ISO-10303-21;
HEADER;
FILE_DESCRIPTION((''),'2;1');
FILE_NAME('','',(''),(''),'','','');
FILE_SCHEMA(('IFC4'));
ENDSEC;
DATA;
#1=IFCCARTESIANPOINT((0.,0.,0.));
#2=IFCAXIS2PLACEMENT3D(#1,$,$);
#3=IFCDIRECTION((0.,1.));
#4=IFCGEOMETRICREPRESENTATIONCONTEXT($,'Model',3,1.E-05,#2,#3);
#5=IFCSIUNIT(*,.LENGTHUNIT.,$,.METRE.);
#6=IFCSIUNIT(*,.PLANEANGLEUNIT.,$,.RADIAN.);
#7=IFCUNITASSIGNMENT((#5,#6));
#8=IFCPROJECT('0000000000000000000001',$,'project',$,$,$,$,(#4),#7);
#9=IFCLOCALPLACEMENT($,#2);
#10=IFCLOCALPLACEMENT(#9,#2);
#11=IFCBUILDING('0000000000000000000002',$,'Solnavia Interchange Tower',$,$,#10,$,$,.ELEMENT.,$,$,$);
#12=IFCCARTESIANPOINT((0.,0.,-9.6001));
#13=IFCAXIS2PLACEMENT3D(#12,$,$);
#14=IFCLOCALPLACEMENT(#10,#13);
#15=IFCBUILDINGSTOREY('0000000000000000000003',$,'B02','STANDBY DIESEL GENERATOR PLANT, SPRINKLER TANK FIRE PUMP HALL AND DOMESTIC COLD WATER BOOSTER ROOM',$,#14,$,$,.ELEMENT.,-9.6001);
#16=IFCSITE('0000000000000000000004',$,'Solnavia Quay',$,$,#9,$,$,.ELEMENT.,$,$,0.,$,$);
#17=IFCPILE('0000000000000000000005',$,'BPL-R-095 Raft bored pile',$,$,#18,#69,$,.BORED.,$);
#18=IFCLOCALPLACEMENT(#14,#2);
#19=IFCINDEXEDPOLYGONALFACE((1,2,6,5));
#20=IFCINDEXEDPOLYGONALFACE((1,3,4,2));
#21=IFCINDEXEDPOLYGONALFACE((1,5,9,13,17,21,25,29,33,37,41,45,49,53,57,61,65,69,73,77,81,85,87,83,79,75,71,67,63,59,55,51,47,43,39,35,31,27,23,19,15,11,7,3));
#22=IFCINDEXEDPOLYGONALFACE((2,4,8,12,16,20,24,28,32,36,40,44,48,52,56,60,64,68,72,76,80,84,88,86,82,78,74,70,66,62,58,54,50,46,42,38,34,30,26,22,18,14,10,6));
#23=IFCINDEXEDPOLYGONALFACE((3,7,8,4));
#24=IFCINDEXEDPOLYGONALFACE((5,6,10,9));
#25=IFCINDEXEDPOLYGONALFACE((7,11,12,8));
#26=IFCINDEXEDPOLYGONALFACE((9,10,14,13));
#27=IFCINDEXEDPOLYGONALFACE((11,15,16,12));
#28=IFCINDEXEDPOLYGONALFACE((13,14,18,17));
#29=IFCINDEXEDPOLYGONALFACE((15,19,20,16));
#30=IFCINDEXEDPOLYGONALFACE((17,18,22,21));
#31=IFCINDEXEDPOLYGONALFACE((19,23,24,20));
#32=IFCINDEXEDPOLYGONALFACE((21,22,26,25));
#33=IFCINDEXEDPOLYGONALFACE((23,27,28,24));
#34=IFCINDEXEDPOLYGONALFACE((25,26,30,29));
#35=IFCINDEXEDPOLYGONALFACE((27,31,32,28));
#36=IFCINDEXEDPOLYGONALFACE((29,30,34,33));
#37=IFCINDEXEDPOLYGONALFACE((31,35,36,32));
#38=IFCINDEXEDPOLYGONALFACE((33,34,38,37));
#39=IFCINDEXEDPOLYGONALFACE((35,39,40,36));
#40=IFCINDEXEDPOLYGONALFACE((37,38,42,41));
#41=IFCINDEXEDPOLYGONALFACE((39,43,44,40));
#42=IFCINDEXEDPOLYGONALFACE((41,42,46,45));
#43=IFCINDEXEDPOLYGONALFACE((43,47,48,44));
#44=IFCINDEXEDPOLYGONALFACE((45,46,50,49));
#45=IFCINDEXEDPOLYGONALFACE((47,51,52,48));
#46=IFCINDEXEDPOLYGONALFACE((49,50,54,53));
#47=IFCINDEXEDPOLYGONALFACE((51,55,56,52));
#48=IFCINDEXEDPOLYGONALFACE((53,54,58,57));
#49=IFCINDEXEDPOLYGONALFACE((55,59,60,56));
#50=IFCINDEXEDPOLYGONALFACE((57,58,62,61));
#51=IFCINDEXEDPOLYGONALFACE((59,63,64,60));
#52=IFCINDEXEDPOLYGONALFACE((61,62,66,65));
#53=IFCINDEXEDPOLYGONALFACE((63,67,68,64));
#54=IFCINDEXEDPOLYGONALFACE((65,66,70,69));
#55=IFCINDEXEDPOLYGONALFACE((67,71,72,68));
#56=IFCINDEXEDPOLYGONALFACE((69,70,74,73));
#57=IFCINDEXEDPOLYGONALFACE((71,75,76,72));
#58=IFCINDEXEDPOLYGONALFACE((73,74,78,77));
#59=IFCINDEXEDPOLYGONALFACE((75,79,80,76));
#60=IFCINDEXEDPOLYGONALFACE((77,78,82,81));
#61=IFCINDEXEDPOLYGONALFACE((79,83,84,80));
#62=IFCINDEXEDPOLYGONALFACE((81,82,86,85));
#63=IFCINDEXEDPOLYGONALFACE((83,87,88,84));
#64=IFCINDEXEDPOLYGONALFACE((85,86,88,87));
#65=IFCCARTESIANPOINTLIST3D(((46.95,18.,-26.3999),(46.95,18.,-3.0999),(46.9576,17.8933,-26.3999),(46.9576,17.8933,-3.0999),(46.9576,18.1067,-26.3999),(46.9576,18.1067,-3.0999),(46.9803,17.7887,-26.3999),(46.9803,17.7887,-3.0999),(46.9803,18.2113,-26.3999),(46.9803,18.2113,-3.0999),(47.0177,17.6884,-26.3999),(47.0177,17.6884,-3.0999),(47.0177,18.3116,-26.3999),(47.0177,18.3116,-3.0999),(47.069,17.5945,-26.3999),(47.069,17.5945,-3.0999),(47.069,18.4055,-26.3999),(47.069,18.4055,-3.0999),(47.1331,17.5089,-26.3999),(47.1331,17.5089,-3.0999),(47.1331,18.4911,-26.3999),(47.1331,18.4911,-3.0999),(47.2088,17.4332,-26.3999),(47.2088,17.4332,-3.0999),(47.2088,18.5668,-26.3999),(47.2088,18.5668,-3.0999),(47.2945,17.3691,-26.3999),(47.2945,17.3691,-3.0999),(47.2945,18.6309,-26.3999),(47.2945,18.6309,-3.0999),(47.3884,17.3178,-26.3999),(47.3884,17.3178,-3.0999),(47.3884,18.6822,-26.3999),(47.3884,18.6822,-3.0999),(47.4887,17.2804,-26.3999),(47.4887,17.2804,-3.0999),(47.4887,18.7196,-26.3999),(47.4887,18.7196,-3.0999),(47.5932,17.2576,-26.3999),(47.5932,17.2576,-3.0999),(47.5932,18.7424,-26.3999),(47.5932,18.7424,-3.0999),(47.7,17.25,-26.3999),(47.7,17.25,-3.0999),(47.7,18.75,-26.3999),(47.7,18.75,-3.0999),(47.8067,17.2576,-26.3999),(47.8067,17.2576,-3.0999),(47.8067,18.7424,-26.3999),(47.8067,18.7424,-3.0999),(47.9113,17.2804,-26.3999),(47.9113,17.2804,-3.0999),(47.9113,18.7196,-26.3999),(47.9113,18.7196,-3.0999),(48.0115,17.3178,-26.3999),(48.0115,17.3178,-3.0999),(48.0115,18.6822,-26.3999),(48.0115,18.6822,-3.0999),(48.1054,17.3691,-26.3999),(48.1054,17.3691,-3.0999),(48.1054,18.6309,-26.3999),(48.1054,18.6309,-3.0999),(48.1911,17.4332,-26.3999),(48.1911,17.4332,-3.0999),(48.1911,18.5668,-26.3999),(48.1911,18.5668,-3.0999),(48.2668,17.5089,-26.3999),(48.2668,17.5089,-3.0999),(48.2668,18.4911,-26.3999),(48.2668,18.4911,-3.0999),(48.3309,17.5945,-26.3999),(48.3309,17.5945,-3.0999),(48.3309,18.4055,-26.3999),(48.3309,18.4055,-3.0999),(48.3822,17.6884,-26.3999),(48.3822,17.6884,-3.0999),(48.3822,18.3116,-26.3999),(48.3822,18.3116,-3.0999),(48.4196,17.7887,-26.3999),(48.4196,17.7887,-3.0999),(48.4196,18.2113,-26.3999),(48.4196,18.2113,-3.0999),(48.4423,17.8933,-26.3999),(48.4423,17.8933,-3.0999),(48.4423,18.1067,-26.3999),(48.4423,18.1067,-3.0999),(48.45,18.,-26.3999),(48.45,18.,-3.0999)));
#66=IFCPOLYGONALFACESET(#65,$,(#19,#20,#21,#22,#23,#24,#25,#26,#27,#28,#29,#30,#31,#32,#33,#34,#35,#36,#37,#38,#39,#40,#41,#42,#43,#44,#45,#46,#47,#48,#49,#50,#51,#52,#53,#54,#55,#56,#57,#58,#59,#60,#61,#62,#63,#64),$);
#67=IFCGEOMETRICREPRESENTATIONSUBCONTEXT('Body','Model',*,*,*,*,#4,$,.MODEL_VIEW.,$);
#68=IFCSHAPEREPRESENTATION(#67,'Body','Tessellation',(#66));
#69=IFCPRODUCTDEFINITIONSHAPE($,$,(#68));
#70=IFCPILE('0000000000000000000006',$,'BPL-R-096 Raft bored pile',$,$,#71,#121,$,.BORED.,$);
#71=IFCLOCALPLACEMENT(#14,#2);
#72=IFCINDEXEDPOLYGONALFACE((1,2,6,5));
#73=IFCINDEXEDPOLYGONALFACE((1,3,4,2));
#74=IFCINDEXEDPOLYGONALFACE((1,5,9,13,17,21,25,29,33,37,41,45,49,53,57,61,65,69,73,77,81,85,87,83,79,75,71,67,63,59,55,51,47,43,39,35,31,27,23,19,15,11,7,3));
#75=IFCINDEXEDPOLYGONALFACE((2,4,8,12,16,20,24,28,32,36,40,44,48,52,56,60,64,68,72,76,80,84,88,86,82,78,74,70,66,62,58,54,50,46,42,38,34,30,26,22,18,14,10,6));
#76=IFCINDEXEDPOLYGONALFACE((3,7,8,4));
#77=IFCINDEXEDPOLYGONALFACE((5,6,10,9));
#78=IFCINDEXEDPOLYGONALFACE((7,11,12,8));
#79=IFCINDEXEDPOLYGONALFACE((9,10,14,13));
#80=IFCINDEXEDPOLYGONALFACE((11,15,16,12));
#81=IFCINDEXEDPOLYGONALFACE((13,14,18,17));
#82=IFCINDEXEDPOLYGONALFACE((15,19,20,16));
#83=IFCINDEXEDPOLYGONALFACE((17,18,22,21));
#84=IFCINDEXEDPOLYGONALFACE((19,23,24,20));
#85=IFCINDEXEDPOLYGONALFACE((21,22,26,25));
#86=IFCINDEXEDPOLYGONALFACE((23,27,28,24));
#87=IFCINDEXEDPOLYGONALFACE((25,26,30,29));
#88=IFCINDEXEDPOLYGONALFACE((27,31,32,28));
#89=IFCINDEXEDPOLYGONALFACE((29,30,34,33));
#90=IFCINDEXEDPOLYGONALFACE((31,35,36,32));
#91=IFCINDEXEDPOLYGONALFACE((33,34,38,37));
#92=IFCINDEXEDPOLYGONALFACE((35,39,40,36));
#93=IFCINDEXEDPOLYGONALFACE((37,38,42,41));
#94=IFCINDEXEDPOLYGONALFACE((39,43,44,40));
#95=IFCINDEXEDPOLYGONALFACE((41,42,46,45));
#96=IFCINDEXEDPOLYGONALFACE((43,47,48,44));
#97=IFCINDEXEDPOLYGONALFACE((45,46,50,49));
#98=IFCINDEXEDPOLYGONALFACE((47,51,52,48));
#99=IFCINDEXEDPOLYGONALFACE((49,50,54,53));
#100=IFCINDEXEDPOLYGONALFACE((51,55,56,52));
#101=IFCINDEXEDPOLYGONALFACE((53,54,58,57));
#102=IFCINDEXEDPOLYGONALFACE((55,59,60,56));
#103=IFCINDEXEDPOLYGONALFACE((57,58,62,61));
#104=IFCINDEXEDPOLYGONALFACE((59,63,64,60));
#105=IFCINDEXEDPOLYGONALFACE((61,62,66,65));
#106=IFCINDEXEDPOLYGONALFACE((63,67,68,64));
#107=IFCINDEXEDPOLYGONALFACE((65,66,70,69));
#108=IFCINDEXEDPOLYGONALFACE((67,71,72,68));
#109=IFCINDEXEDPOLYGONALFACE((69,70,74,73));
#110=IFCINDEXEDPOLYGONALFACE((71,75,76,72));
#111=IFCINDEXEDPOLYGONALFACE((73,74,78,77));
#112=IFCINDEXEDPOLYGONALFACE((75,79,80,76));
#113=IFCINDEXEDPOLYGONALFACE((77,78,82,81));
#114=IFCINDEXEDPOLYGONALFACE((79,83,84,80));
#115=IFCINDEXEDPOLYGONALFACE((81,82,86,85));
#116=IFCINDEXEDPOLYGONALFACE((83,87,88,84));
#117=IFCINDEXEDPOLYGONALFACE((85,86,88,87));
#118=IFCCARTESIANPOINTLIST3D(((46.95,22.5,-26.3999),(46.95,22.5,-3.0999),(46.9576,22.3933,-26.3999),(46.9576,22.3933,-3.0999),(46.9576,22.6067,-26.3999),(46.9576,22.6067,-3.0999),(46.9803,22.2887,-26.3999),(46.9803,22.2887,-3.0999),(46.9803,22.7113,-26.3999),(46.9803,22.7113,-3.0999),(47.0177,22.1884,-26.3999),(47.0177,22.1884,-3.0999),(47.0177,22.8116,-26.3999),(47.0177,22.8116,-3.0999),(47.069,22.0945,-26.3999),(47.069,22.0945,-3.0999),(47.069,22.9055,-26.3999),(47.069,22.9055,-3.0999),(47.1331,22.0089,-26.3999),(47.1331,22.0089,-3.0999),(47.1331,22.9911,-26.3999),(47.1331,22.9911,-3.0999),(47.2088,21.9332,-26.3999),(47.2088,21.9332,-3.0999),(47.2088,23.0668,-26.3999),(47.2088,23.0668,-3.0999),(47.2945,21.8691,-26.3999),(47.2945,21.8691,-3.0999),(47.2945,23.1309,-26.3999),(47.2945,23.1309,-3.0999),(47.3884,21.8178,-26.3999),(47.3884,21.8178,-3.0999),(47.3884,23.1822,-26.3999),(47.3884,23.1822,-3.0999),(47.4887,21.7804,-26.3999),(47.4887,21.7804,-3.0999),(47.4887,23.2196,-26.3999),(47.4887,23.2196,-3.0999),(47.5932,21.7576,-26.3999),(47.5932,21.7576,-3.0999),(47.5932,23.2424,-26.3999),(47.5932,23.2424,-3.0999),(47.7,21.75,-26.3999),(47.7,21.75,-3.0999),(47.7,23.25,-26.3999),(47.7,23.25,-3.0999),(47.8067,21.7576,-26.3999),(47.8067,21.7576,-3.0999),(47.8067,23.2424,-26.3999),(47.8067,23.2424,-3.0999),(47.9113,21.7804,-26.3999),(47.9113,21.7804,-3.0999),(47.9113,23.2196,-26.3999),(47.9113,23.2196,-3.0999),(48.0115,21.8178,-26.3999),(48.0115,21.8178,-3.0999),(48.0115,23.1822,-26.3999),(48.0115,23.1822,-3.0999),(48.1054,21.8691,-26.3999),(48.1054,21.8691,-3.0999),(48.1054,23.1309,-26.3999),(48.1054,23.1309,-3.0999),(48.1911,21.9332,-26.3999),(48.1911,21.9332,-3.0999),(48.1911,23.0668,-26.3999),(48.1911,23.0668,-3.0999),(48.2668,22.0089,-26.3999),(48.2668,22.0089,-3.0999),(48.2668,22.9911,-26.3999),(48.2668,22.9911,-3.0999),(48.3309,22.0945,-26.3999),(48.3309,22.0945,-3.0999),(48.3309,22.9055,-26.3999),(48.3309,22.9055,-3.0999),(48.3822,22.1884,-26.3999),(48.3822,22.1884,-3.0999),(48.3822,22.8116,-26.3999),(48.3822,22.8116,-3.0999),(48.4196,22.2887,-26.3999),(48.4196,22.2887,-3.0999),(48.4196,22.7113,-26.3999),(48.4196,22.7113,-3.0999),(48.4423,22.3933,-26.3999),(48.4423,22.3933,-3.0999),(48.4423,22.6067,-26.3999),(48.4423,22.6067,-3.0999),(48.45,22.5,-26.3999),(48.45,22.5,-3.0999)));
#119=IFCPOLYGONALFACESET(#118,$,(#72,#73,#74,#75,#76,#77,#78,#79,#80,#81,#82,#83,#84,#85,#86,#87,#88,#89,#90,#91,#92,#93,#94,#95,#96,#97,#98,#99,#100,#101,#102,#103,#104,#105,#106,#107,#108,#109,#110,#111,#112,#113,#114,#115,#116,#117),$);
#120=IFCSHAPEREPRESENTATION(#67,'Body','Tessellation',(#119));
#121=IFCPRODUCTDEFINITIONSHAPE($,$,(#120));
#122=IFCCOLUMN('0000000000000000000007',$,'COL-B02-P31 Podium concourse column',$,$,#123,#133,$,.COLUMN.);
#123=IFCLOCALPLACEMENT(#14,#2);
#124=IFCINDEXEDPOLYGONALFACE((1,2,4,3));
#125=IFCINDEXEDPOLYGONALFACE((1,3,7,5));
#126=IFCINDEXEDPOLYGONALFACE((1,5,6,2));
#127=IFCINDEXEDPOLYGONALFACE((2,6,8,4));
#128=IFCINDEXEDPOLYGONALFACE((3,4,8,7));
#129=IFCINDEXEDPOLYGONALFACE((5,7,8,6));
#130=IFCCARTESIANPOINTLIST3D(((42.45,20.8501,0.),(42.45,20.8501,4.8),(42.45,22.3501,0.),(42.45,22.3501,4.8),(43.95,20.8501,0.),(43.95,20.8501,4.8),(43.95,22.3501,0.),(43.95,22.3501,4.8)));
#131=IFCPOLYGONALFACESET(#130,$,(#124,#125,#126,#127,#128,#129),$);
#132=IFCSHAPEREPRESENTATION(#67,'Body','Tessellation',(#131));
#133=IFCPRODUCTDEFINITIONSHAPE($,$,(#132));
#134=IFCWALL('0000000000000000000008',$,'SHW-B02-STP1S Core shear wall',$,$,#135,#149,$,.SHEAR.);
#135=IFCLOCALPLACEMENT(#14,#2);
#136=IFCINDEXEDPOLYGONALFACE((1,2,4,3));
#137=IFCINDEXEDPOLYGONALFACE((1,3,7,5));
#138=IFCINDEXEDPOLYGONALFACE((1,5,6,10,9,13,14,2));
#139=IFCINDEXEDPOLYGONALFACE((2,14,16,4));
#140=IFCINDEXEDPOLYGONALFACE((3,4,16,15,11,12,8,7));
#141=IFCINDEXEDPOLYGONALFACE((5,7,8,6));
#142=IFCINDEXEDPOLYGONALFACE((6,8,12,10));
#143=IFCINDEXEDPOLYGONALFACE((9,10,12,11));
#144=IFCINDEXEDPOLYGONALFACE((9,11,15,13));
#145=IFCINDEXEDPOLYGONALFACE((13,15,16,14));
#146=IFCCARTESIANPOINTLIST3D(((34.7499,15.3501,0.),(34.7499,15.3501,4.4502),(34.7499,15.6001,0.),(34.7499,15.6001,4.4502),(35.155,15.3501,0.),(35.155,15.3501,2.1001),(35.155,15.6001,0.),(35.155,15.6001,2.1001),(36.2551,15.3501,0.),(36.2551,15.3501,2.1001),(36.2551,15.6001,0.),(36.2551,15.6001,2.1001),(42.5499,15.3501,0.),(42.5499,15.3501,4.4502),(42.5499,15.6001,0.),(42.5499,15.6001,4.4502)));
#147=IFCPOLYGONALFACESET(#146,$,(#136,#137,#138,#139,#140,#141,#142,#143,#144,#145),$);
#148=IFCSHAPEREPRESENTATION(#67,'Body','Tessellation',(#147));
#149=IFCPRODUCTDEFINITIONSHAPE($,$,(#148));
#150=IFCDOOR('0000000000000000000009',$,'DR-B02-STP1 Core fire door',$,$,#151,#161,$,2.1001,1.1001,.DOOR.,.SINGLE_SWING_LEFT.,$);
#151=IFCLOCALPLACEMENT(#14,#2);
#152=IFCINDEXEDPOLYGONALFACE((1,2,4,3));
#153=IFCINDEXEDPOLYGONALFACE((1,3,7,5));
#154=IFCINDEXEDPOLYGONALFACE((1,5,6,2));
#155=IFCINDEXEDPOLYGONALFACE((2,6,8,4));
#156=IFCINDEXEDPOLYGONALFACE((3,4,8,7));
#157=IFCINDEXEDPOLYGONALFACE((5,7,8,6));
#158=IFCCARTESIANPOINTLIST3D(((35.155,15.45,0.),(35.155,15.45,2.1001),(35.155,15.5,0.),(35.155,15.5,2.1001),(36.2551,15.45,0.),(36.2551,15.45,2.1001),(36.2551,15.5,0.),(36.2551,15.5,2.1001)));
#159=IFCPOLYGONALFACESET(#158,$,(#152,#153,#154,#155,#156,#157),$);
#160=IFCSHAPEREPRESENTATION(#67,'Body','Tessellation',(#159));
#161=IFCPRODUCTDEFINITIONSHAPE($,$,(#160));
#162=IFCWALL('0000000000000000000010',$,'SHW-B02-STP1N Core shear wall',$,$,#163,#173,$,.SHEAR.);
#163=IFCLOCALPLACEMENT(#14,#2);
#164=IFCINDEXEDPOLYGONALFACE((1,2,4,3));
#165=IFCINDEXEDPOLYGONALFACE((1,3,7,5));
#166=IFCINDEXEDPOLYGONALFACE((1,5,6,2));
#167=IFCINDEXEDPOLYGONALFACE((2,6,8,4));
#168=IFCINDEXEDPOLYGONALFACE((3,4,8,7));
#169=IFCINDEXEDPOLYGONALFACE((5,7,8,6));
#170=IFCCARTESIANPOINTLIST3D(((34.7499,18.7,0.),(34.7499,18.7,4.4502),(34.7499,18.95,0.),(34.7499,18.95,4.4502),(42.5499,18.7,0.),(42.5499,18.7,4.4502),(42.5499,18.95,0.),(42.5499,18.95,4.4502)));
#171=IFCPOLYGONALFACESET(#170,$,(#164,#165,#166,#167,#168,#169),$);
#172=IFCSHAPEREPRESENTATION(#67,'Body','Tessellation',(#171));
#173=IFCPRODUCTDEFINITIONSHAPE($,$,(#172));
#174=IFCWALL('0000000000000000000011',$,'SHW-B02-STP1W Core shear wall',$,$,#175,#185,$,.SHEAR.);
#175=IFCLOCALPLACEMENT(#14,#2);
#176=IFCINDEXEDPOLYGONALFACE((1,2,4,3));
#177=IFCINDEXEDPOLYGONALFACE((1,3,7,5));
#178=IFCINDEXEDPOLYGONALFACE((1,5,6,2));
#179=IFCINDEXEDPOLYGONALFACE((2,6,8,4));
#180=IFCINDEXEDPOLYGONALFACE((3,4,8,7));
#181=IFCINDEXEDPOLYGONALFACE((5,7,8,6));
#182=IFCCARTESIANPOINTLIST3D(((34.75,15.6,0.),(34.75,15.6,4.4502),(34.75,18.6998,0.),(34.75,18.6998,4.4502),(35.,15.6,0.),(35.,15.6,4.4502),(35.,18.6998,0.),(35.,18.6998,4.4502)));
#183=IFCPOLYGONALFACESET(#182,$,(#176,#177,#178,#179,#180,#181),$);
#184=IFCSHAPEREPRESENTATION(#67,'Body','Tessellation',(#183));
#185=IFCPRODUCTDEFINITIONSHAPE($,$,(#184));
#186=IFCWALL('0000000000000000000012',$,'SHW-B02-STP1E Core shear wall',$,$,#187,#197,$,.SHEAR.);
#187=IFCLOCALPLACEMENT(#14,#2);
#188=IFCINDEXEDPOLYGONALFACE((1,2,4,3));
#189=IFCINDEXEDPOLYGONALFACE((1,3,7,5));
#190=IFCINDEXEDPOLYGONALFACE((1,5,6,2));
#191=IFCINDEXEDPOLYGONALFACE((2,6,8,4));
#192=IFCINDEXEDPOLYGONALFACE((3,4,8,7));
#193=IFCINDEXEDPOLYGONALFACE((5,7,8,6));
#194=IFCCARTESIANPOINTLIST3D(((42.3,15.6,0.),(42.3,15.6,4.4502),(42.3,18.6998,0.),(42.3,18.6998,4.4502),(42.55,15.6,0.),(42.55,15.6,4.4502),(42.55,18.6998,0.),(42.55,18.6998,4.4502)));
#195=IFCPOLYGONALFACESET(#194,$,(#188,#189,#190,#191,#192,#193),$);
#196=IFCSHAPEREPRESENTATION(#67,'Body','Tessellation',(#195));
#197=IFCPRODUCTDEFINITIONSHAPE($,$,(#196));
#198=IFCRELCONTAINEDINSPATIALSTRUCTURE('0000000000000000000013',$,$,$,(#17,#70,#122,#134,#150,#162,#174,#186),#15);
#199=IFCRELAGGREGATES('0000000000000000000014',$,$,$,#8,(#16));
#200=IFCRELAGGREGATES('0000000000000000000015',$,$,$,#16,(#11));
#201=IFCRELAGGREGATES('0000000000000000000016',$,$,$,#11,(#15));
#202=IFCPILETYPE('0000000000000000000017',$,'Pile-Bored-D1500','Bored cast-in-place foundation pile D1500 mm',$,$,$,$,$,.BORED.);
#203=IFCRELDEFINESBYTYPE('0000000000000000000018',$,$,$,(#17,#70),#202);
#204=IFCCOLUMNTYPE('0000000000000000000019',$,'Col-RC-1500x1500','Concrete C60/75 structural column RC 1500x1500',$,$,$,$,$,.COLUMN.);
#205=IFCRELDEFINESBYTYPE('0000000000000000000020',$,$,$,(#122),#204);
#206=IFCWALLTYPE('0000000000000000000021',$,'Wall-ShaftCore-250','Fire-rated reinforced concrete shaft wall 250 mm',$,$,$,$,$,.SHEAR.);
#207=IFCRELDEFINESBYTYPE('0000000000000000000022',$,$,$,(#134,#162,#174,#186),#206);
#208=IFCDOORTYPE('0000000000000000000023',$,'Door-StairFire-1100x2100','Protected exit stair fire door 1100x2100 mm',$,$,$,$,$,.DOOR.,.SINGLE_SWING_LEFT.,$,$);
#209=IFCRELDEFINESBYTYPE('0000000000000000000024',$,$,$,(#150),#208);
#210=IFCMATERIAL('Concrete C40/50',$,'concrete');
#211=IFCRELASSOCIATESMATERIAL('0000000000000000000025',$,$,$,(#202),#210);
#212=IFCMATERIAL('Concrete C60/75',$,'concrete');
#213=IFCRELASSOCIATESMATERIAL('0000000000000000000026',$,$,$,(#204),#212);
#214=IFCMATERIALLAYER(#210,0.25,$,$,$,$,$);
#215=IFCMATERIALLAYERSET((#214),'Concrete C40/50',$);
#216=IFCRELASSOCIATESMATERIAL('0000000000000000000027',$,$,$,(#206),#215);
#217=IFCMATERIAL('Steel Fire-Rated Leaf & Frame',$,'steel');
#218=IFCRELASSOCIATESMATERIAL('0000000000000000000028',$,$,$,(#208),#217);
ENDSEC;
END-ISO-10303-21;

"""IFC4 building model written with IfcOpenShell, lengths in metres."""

from ifc_helpers import new_model, si_unit, direction, frame, frame_2d, origin, origin_2d, place, context, subcontext, project, spatial, rectangle, circle, extrude, material, layer, layer_set, material_profile, profile_set, type_object, element, fill, save


model = new_model("IFC4")

# Units and contexts
model_context = context("Model", 3, precision=1e-05, world=origin(), true_north=direction((0.0, 1.0)))
body_context = subcontext(model_context, "Body", "Model", "MODEL_VIEW")
ifc_project = project(units=[si_unit("LENGTHUNIT", "METRE"), si_unit("PLANEANGLEUNIT", "RADIAN")], contexts=[model_context])

# Site, building, storey
site_placement = place(None, origin())
site = spatial("IfcSite", under=ifc_project, at=site_placement, Name="Solnavia Quay", CompositionType="ELEMENT", RefElevation=0.0)
building_placement = place(site_placement, origin())
building = spatial("IfcBuilding", under=site, at=building_placement, Name="Solnavia Interchange Tower", CompositionType="ELEMENT")
storey_placement = place(building_placement, frame((0.0, 0.0, -9.6001)))
storey = spatial("IfcBuildingStorey", under=building, at=storey_placement, Name="B02", Description="STANDBY DIESEL GENERATOR PLANT, SPRINKLER TANK FIRE PUMP HALL AND DOMESTIC COLD WATER BOOSTER ROOM", CompositionType="ELEMENT", Elevation=-9.6001)

# Piles
ifc_material_1 = material(Name="Concrete C40/50", Category="concrete")
ifc_material_profile_1 = material_profile(ifc_material_1, circle(Radius=0.75, at=origin_2d()), Name="PILE D1500")
ifc_profile_set_1 = profile_set([ifc_material_profile_1], Name="Concrete C40/50")
pile_type = type_object("IfcPileType", Name="Pile-Bored-D1500", Description="Bored cast-in-place foundation pile D1500 mm", PredefinedType="BORED", material=ifc_profile_set_1)
for number, where, z_axis, x_axis, name in (
    (1, (47.7, 18.0, -3.0999), (0.0, 0.0, -1.0), (1.0, 0.0, 0.0), "BPL-R-095 Raft bored pile"),
    (2, (47.7, 22.5, -3.0999), (0.0, 0.0, -1.0), (1.0, 0.0, 0.0), "BPL-R-096 Raft bored pile"),
):
    element("IfcPile", number, at=place(storey_placement, frame(where, z_axis=z_axis, x_axis=x_axis)), inside=storey, type_object=pile_type, Name=name, PredefinedType="BORED", context=body_context, shape_type="SweptSolid", body=[
        extrude(circle(Radius=0.75, at=origin_2d()), origin(), (0.0, 0.0, 1.0), 23.3),
    ])

# Column
ifc_material_2 = material(Name="Concrete C60/75", Category="concrete")
ifc_material_profile_2 = material_profile(ifc_material_2, rectangle(XDim=1.5, YDim=1.5, at=origin_2d()), Name="RC 1500x1500")
ifc_profile_set_2 = profile_set([ifc_material_profile_2], Name="Concrete C60/75")
column_type = type_object("IfcColumnType", Name="Col-RC-1500x1500", Description="Concrete C60/75 structural column RC 1500x1500", PredefinedType="COLUMN", material=ifc_profile_set_2)
column_placement = place(storey_placement, frame((43.2, 21.6001, 0.0), z_axis=(0.0, 0.0, 1.0), x_axis=(1.0, 0.0, 0.0)))
element("IfcColumn", 3, at=column_placement, inside=storey, type_object=column_type, Name="COL-B02-P31 Podium concourse column", PredefinedType="COLUMN", context=body_context, shape_type="SweptSolid", body=[
    extrude(rectangle(XDim=1.5, YDim=1.5, at=origin_2d()), origin(), (0.0, 0.0, 1.0), 4.8),
])

# Wall, opening, door
ifc_layer_1 = layer(ifc_material_1, 0.25)
ifc_layer_set_1 = layer_set([ifc_layer_1], Name="Concrete C40/50")
wall_type_1 = type_object("IfcWallType", Name="Wall-ShaftCore-250", Description="Fire-rated reinforced concrete shaft wall 250 mm", PredefinedType="SHEAR", material=ifc_layer_set_1)
wall_1_placement = place(storey_placement, frame((34.75, 15.4751, 0.0), z_axis=(0.0, 0.0, 1.0), x_axis=(1.0, 0.0, 0.0)))
wall_1 = element("IfcWall", 4, at=wall_1_placement, inside=storey, type_object=wall_type_1, Name="SHW-B02-STP1S Core shear wall", PredefinedType="SHEAR", context=body_context, shape_type="SweptSolid", body=[
    extrude(rectangle(XDim=7.8, YDim=0.25, at=frame_2d((3.8999, 0.0))), origin(), (0.0, 0.0, 1.0), 4.4502),
])
opening_1_placement = place(wall_1_placement, frame((0.405, 0.0, 0.0)))
opening_1 = element("IfcOpeningElement", 5, at=opening_1_placement, cuts=wall_1, PredefinedType="OPENING", context=body_context, shape_type="SweptSolid", body=[
    extrude(rectangle(XDim=1.1001, YDim=2.1001, at=frame_2d((0.55, 1.05))), frame((0.0, 0.135, 0.0), z_axis=(0.0, -1.0, 0.0), x_axis=(1.0, 0.0, 0.0)), (0.0, 0.0, 1.0), 0.27),
])
ifc_material_3 = material(Name="Steel Fire-Rated Leaf & Frame", Category="steel")
door_type_1 = type_object("IfcDoorType", Name="Door-StairFire-1100x2100", Description="Protected exit stair fire door 1100x2100 mm", OperationType="SINGLE_SWING_LEFT", PredefinedType="DOOR", material=ifc_material_3)
door_1_placement = place(opening_1_placement, origin())
door_1 = element("IfcDoor", 6, at=door_1_placement, inside=storey, type_object=door_type_1, Name="DR-B02-STP1 Core fire door", OperationType="SINGLE_SWING_LEFT", OverallHeight=2.1001, OverallWidth=1.1001, PredefinedType="DOOR", context=body_context, shape_type="SweptSolid", body=[
    extrude(rectangle(XDim=1.1001, YDim=2.1001, at=frame_2d((0.55, 1.05))), frame((0.0, 0.0249, 0.0), z_axis=(0.0, -1.0, 0.0), x_axis=(1.0, 0.0, 0.0)), (0.0, 0.0, 1.0), 0.05),
])
fill(opening_1, door_1)

# Walls
wall_2_placement = place(storey_placement, frame((34.75, 18.825, 0.0), z_axis=(0.0, 0.0, 1.0), x_axis=(1.0, 0.0, 0.0)))
element("IfcWall", 7, at=wall_2_placement, inside=storey, type_object=wall_type_1, Name="SHW-B02-STP1N Core shear wall", PredefinedType="SHEAR", context=body_context, shape_type="SweptSolid", body=[
    extrude(rectangle(XDim=7.8, YDim=0.25, at=frame_2d((3.8999, 0.0))), origin(), (0.0, 0.0, 1.0), 4.4502),
])
for number, where, z_axis, x_axis, name in (
    (8, (34.875, 15.6001, 0.0), (0.0, 0.0, 1.0), (0.0, 1.0, 0.0), "SHW-B02-STP1W Core shear wall"),
    (9, (42.425, 15.6001, 0.0), (0.0, 0.0, 1.0), (0.0, 1.0, 0.0), "SHW-B02-STP1E Core shear wall"),
):
    element("IfcWall", number, at=place(storey_placement, frame(where, z_axis=z_axis, x_axis=x_axis)), inside=storey, type_object=wall_type_1, Name=name, PredefinedType="SHEAR", context=body_context, shape_type="SweptSolid", body=[
        extrude(rectangle(XDim=3.0999, YDim=0.25, at=frame_2d((1.5498, 0.0))), origin(), (0.0, 0.0, 1.0), 4.4502),
    ])

save(model, "model.ifc")
